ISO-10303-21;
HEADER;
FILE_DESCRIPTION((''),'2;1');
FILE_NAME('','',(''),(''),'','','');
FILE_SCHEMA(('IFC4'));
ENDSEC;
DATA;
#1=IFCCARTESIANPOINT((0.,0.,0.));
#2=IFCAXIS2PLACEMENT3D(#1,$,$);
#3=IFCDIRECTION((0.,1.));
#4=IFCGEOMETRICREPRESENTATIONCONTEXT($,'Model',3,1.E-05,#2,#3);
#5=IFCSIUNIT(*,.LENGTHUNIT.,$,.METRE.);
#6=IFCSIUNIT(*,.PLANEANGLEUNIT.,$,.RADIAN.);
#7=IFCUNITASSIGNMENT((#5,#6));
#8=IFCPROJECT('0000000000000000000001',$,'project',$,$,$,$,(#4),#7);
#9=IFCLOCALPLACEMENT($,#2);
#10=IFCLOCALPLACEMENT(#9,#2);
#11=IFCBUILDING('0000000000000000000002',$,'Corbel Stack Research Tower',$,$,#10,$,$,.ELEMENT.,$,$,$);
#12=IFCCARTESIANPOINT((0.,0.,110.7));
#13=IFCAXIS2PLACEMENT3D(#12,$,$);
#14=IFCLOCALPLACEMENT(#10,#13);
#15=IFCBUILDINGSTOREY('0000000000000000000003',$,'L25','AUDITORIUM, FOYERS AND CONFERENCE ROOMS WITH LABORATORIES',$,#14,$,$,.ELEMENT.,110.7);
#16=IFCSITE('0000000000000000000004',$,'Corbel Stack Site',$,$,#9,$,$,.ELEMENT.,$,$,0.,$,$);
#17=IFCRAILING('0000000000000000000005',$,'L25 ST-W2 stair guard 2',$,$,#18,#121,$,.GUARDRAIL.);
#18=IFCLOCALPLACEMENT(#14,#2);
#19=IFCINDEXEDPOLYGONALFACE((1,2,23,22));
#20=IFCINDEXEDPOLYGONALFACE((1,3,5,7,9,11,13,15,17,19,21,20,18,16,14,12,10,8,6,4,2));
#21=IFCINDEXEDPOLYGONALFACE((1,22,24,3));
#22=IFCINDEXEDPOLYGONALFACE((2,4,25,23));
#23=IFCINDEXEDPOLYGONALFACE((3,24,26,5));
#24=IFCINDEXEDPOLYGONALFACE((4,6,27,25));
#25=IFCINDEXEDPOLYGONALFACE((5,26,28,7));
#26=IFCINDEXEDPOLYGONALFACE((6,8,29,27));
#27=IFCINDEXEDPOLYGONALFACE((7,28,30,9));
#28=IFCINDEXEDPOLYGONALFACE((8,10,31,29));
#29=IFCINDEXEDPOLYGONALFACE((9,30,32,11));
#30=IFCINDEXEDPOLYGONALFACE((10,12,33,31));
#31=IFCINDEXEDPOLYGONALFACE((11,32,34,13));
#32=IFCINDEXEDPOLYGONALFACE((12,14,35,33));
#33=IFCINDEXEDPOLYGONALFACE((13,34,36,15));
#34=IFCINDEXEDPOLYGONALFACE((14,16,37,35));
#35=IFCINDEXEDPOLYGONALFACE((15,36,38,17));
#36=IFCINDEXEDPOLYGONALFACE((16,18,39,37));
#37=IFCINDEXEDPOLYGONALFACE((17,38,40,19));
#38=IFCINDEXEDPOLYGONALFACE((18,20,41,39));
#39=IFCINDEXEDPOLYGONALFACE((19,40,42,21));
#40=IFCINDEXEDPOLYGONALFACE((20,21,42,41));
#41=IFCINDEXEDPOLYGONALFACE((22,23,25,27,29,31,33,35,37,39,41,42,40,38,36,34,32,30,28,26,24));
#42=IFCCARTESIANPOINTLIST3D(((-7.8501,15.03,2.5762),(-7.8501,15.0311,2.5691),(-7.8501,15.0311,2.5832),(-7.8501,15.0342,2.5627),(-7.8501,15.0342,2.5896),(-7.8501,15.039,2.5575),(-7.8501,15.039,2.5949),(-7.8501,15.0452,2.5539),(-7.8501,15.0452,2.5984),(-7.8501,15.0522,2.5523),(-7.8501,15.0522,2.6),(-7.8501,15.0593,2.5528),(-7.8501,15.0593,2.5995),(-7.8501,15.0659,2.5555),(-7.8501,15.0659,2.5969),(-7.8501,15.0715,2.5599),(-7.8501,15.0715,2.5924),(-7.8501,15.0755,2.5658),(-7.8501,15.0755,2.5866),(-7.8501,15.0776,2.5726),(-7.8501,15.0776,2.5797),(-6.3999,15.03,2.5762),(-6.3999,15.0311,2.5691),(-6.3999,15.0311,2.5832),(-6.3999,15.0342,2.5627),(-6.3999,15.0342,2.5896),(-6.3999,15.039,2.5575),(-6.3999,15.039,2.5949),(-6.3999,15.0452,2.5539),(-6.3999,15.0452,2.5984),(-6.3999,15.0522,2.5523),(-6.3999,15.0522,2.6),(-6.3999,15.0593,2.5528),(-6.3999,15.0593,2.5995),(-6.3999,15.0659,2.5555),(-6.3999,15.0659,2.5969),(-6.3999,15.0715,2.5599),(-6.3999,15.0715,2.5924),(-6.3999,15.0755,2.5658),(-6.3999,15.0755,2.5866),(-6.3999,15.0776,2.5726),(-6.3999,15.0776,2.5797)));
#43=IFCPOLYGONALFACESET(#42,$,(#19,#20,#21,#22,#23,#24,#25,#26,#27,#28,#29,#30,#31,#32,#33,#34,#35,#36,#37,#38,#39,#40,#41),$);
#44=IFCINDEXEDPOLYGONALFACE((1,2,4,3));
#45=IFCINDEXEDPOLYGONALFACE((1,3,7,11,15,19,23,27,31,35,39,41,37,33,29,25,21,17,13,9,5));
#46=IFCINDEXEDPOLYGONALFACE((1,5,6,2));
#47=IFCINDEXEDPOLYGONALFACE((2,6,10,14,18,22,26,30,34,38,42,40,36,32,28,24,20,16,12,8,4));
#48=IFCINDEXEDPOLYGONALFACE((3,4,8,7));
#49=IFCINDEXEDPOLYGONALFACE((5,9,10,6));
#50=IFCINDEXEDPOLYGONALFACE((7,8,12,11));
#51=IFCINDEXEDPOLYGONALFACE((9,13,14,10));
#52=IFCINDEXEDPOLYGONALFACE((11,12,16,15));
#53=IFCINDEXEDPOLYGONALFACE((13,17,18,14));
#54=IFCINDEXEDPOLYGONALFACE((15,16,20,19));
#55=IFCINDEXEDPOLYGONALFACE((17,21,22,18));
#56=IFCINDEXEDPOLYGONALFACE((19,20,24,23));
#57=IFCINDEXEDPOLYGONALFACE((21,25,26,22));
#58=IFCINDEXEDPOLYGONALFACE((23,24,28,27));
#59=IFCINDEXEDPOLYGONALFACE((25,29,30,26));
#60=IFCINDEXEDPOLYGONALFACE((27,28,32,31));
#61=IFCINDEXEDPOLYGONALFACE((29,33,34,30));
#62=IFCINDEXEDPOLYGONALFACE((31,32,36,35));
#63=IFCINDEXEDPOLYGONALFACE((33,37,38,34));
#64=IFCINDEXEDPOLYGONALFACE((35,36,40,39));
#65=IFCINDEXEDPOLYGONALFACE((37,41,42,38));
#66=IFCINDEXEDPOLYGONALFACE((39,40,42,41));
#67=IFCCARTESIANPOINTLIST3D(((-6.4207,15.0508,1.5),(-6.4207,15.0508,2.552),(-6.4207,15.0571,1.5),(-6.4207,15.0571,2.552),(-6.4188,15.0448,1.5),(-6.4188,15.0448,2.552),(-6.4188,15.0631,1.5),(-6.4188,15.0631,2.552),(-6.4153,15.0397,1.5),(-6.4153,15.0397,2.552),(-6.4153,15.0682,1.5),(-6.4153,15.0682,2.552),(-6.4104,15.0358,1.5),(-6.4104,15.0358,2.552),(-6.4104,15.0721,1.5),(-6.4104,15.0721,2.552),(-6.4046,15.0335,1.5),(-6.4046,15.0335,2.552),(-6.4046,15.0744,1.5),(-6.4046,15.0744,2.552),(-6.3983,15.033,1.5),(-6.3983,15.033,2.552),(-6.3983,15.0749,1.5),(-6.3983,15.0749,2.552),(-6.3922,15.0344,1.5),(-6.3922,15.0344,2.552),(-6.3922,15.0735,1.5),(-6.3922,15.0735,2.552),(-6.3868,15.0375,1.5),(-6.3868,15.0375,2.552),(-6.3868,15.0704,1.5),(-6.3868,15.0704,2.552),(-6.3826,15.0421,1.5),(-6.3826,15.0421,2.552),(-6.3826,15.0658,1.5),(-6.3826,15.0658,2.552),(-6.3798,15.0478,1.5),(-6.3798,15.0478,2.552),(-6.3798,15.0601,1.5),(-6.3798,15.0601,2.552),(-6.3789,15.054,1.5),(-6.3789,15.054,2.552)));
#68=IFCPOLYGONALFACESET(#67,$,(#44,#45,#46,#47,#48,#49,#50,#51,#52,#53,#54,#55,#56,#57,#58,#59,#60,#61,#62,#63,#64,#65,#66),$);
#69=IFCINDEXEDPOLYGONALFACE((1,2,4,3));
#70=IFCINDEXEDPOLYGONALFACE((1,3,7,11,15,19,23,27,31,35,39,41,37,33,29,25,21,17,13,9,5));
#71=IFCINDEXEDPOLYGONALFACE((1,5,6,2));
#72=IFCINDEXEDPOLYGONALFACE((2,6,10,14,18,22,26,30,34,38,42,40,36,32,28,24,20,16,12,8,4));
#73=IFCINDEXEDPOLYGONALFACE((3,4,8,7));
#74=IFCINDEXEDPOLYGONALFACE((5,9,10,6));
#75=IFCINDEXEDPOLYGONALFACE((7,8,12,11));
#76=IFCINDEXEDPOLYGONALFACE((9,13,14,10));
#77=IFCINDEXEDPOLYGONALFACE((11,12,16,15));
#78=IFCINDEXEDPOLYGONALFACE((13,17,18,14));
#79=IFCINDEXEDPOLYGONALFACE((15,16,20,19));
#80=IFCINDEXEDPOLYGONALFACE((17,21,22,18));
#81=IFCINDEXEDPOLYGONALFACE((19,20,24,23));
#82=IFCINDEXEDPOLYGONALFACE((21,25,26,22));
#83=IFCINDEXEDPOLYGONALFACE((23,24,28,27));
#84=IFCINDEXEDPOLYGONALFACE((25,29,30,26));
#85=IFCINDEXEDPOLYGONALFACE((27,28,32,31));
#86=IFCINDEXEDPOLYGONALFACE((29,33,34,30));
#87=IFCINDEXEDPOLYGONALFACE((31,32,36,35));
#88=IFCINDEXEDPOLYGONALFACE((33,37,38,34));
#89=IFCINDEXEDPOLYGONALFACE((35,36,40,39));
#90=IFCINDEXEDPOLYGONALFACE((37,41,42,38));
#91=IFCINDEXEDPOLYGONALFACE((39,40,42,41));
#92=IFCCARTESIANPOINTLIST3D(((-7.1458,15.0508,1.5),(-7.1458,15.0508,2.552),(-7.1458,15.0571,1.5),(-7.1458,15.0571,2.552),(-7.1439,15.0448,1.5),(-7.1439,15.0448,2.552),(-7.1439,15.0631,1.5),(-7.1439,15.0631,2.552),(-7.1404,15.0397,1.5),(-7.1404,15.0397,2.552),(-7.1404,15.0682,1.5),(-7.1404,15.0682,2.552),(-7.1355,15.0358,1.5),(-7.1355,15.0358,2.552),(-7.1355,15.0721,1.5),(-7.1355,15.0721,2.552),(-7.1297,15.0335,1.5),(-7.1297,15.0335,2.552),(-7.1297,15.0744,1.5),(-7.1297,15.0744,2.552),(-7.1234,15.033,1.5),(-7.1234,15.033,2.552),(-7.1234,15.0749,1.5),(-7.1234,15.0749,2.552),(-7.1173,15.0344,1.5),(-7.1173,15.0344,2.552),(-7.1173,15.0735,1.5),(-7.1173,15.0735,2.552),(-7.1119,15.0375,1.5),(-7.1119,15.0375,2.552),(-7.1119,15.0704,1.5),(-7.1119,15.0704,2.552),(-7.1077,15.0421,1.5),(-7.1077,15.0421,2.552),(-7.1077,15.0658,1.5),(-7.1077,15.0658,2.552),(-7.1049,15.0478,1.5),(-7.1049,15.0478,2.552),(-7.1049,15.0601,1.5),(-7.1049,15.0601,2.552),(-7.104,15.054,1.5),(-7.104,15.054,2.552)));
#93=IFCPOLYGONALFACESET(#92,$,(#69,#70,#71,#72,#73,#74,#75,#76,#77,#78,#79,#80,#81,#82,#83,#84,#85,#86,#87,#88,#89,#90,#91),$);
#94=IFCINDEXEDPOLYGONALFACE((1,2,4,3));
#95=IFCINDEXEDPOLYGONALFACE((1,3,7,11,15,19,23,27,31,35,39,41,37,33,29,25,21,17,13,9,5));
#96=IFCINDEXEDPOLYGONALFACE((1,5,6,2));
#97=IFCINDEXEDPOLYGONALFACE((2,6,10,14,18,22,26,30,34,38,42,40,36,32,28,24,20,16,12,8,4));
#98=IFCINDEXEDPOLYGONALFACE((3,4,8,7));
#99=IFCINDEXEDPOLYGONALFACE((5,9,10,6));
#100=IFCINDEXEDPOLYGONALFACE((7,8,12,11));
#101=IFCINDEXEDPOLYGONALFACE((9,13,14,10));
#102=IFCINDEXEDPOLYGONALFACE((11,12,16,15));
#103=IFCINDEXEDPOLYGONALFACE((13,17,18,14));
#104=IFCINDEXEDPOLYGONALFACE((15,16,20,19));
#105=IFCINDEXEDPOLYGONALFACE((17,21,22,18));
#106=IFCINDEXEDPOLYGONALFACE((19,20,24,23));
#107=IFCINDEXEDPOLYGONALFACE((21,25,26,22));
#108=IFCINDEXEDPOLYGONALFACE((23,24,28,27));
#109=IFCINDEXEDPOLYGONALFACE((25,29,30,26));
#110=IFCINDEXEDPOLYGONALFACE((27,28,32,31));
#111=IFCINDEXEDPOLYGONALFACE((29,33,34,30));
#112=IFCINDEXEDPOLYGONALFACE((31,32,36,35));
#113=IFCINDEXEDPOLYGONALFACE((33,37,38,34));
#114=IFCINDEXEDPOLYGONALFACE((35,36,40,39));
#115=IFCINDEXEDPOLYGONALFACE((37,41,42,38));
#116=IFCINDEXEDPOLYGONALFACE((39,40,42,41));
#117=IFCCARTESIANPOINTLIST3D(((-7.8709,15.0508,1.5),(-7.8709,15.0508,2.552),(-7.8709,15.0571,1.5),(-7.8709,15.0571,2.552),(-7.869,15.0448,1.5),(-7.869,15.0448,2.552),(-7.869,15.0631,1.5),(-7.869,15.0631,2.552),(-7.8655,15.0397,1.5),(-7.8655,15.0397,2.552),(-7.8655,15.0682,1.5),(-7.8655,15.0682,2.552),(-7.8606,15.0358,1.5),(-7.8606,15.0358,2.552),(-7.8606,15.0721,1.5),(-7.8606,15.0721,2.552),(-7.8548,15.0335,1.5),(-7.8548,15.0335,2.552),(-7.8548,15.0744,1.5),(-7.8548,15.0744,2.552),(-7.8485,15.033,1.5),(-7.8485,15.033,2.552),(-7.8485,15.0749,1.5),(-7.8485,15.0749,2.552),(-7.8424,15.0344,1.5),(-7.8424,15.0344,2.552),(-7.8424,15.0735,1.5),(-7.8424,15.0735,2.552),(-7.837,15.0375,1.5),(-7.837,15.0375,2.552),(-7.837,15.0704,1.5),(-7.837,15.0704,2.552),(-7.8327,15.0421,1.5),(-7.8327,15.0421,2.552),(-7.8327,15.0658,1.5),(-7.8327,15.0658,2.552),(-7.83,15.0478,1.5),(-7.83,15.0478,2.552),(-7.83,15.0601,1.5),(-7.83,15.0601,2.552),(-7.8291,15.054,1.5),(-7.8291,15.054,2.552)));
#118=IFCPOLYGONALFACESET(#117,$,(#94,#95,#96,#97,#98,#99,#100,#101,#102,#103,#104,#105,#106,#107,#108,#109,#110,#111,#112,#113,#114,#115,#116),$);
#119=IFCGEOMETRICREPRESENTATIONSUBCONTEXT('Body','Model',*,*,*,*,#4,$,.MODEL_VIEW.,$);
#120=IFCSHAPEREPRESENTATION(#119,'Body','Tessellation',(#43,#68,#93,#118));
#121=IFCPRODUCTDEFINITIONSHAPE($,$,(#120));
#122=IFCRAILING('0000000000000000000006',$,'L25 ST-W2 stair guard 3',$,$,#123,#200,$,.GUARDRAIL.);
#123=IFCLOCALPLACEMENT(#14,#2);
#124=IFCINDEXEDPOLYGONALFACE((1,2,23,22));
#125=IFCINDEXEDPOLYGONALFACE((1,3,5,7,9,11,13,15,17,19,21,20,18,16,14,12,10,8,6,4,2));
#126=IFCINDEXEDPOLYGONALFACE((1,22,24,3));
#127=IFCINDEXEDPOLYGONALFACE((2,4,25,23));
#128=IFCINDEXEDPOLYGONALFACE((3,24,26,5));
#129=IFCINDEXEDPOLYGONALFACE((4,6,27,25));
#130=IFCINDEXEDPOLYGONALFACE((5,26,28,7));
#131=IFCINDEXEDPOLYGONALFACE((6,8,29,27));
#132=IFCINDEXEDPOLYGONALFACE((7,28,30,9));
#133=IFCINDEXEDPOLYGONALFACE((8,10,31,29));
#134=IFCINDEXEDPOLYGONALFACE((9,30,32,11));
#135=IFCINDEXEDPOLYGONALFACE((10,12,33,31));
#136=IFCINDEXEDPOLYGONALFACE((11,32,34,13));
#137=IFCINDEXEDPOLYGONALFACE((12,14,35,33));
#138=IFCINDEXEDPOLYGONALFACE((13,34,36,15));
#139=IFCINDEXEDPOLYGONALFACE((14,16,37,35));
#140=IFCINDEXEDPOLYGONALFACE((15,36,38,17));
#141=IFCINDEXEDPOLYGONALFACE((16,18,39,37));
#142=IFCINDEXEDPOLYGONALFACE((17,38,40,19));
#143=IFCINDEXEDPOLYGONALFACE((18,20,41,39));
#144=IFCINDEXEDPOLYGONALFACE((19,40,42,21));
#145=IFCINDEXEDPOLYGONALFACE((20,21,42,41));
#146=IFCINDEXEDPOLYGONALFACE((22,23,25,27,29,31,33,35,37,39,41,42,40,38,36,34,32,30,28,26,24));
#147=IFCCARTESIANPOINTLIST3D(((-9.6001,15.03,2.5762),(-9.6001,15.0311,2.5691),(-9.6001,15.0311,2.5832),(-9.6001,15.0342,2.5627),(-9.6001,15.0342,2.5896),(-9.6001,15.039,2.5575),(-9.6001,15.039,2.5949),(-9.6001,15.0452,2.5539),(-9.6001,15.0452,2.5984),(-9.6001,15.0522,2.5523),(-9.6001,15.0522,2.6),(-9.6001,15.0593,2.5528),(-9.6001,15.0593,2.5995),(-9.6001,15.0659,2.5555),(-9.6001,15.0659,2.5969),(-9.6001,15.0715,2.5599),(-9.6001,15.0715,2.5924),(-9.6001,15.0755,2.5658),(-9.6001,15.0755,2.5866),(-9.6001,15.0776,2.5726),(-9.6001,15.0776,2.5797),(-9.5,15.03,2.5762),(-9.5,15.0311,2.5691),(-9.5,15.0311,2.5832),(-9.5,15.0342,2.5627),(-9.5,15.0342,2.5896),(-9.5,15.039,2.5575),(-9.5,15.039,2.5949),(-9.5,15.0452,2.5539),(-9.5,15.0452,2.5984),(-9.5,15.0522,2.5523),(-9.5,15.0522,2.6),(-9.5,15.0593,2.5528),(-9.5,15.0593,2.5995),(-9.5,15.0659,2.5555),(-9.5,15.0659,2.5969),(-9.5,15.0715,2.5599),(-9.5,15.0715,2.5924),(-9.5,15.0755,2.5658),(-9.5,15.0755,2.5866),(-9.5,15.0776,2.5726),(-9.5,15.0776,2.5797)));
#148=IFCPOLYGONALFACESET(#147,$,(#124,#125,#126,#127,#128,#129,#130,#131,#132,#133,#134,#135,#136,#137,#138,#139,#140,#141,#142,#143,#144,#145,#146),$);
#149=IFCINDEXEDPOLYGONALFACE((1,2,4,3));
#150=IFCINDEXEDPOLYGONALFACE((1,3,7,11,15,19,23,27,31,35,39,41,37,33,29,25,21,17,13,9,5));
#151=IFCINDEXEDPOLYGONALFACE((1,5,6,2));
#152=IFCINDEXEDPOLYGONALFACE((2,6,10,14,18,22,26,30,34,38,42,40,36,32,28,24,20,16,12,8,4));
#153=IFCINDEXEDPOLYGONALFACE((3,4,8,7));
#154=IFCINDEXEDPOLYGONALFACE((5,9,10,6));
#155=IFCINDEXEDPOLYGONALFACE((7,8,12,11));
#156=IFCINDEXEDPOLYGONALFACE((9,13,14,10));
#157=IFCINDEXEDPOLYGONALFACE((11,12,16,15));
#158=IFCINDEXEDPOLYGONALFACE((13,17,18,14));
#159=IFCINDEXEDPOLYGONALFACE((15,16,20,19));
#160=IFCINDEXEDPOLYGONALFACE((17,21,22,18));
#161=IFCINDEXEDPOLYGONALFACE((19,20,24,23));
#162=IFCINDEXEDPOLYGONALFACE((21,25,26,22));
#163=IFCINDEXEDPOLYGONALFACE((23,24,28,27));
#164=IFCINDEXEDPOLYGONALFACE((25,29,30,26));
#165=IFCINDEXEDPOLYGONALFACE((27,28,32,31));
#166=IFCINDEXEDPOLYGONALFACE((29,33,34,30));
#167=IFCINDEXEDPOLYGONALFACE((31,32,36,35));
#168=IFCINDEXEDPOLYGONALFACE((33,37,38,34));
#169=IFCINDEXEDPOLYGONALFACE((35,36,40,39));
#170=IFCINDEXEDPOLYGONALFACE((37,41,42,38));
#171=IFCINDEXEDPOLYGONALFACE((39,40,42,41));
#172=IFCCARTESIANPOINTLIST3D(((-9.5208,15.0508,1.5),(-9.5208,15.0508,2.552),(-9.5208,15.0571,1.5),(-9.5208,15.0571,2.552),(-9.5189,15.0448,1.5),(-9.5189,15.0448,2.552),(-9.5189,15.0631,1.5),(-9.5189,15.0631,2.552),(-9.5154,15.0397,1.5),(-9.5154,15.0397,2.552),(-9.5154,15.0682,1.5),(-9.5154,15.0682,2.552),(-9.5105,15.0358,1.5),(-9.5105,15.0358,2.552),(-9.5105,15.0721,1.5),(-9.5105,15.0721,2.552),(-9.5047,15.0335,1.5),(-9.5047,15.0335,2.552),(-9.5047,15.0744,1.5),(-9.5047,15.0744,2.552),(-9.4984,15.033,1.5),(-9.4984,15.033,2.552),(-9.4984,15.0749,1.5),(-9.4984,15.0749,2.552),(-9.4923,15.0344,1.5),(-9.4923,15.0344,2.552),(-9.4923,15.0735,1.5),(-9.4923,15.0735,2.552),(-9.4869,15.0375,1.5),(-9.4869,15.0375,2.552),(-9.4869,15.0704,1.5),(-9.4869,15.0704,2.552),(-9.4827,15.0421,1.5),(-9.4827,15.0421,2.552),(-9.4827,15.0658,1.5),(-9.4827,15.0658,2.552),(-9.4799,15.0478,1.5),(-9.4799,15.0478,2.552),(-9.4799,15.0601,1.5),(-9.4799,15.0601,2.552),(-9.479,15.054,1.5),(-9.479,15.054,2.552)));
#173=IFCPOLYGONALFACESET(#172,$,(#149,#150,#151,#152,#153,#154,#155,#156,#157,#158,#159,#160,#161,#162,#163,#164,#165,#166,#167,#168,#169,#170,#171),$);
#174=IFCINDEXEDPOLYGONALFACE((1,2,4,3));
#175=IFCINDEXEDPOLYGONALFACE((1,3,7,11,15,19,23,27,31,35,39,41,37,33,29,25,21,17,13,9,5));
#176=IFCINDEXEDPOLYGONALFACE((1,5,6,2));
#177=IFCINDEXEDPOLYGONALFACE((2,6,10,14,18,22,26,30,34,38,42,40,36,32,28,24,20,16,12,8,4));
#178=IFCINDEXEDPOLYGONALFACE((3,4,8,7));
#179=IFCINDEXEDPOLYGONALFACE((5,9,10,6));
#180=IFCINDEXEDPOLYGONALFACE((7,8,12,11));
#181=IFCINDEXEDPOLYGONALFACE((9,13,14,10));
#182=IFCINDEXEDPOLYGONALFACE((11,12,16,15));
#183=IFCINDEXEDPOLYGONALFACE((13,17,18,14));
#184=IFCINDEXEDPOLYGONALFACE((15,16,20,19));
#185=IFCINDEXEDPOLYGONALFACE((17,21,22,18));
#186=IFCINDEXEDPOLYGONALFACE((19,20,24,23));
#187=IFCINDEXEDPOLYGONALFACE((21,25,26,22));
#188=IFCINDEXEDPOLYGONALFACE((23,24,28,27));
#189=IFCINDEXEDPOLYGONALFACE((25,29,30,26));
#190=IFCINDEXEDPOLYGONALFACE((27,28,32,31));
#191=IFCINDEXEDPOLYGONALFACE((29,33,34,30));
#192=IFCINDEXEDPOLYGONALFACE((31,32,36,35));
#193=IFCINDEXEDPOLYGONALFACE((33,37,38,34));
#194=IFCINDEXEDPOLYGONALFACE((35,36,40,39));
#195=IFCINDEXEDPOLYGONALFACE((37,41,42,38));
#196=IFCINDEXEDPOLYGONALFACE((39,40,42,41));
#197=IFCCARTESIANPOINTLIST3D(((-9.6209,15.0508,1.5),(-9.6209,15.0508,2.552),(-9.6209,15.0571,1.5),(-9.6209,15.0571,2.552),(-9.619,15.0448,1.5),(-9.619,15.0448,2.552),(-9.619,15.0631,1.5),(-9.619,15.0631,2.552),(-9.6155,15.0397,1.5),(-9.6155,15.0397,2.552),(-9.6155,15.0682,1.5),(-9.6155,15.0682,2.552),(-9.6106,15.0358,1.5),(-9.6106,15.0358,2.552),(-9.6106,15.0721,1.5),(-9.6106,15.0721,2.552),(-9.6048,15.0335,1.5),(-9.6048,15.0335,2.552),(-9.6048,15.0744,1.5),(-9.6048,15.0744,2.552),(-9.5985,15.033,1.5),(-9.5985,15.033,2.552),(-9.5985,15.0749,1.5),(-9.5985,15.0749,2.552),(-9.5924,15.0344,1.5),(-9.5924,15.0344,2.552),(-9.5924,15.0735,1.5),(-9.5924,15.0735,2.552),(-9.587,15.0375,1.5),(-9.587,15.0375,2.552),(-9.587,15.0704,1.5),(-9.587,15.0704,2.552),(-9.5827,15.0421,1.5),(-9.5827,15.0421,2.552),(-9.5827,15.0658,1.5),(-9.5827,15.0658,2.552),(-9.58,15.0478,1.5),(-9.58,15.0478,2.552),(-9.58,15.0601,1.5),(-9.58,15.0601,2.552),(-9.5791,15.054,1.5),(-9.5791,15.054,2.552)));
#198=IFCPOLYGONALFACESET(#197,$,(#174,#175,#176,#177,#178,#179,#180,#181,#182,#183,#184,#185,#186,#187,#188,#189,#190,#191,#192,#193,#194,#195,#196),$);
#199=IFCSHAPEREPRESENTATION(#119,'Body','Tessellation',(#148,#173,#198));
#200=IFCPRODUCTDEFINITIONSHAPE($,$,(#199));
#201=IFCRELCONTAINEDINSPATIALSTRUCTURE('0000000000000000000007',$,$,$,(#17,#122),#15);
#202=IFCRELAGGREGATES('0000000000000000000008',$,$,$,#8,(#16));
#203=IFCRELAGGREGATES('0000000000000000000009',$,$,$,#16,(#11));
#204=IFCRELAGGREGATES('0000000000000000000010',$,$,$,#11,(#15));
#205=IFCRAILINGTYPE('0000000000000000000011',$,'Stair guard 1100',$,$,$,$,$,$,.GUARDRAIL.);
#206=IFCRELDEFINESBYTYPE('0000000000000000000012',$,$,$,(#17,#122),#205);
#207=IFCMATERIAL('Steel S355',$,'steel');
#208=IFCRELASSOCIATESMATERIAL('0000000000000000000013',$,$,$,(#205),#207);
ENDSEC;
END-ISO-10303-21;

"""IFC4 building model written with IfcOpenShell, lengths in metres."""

from ifc_helpers import new_model, si_unit, direction, frame, origin, origin_2d, place, context, subcontext, project, spatial, circle, extrude, material, type_object, element, save


model = new_model("IFC4")

# Units and contexts
model_context = context("Model", 3, precision=1e-05, world=origin(), true_north=direction((0.0, 1.0)))
body_context = subcontext(model_context, "Body", "Model", "MODEL_VIEW")
ifc_project = project(units=[si_unit("LENGTHUNIT", "METRE"), si_unit("PLANEANGLEUNIT", "RADIAN")], contexts=[model_context])

# Site, building, storey
site_placement = place(None, origin())
site = spatial("IfcSite", under=ifc_project, at=site_placement, Name="Corbel Stack Site", CompositionType="ELEMENT", RefElevation=0.0)
building_placement = place(site_placement, origin())
building = spatial("IfcBuilding", under=site, at=building_placement, Name="Corbel Stack Research Tower", CompositionType="ELEMENT")
storey_placement = place(building_placement, frame((0.0, 0.0, 110.7)))
storey = spatial("IfcBuildingStorey", under=building, at=storey_placement, Name="L25", Description="AUDITORIUM, FOYERS AND CONFERENCE ROOMS WITH LABORATORIES", CompositionType="ELEMENT", Elevation=110.7)

# Railings
ifc_material_1 = material(Name="Steel S355", Category="steel")
railing_type_1 = type_object("IfcRailingType", Name="Stair guard 1100", PredefinedType="GUARDRAIL", material=ifc_material_1)
railing_1_placement = place(storey_placement, frame((-6.3999, 15.054, 1.5)))
element("IfcRailing", 1, at=railing_1_placement, inside=storey, type_object=railing_type_1, Name="L25 ST-W2 stair guard 2", PredefinedType="GUARDRAIL", context=body_context, shape_type="SweptSolid", body=[
    extrude(circle(Radius=0.0239, at=origin_2d()), frame((0.0, 0.0, 1.0762), z_axis=(-1.0, 0.0, 0.0), x_axis=(0.0, -1.0, 0.0)), (0.0, 0.0, 1.0), 1.4502),
    extrude(circle(Radius=0.021, at=origin_2d()), origin(), (0.0, 0.0, 1.0), 1.052),
    extrude(circle(Radius=0.021, at=origin_2d()), frame((-0.7251, 0.0, 0.0)), (0.0, 0.0, 1.0), 1.052),
    extrude(circle(Radius=0.021, at=origin_2d()), frame((-1.4502, 0.0, 0.0)), (0.0, 0.0, 1.0), 1.052),
])
railing_2_placement = place(storey_placement, frame((-9.5, 15.054, 1.5)))
element("IfcRailing", 2, at=railing_2_placement, inside=storey, type_object=railing_type_1, Name="L25 ST-W2 stair guard 3", PredefinedType="GUARDRAIL", context=body_context, shape_type="SweptSolid", body=[
    extrude(circle(Radius=0.0239, at=origin_2d()), frame((0.0, 0.0, 1.0762), z_axis=(-1.0, 0.0, 0.0), x_axis=(0.0, -1.0, 0.0)), (0.0, 0.0, 1.0), 0.1001),
    extrude(circle(Radius=0.021, at=origin_2d()), origin(), (0.0, 0.0, 1.0), 1.052),
    extrude(circle(Radius=0.021, at=origin_2d()), frame((-0.1001, 0.0, 0.0)), (0.0, 0.0, 1.0), 1.052),
])

save(model, "model.ifc")
